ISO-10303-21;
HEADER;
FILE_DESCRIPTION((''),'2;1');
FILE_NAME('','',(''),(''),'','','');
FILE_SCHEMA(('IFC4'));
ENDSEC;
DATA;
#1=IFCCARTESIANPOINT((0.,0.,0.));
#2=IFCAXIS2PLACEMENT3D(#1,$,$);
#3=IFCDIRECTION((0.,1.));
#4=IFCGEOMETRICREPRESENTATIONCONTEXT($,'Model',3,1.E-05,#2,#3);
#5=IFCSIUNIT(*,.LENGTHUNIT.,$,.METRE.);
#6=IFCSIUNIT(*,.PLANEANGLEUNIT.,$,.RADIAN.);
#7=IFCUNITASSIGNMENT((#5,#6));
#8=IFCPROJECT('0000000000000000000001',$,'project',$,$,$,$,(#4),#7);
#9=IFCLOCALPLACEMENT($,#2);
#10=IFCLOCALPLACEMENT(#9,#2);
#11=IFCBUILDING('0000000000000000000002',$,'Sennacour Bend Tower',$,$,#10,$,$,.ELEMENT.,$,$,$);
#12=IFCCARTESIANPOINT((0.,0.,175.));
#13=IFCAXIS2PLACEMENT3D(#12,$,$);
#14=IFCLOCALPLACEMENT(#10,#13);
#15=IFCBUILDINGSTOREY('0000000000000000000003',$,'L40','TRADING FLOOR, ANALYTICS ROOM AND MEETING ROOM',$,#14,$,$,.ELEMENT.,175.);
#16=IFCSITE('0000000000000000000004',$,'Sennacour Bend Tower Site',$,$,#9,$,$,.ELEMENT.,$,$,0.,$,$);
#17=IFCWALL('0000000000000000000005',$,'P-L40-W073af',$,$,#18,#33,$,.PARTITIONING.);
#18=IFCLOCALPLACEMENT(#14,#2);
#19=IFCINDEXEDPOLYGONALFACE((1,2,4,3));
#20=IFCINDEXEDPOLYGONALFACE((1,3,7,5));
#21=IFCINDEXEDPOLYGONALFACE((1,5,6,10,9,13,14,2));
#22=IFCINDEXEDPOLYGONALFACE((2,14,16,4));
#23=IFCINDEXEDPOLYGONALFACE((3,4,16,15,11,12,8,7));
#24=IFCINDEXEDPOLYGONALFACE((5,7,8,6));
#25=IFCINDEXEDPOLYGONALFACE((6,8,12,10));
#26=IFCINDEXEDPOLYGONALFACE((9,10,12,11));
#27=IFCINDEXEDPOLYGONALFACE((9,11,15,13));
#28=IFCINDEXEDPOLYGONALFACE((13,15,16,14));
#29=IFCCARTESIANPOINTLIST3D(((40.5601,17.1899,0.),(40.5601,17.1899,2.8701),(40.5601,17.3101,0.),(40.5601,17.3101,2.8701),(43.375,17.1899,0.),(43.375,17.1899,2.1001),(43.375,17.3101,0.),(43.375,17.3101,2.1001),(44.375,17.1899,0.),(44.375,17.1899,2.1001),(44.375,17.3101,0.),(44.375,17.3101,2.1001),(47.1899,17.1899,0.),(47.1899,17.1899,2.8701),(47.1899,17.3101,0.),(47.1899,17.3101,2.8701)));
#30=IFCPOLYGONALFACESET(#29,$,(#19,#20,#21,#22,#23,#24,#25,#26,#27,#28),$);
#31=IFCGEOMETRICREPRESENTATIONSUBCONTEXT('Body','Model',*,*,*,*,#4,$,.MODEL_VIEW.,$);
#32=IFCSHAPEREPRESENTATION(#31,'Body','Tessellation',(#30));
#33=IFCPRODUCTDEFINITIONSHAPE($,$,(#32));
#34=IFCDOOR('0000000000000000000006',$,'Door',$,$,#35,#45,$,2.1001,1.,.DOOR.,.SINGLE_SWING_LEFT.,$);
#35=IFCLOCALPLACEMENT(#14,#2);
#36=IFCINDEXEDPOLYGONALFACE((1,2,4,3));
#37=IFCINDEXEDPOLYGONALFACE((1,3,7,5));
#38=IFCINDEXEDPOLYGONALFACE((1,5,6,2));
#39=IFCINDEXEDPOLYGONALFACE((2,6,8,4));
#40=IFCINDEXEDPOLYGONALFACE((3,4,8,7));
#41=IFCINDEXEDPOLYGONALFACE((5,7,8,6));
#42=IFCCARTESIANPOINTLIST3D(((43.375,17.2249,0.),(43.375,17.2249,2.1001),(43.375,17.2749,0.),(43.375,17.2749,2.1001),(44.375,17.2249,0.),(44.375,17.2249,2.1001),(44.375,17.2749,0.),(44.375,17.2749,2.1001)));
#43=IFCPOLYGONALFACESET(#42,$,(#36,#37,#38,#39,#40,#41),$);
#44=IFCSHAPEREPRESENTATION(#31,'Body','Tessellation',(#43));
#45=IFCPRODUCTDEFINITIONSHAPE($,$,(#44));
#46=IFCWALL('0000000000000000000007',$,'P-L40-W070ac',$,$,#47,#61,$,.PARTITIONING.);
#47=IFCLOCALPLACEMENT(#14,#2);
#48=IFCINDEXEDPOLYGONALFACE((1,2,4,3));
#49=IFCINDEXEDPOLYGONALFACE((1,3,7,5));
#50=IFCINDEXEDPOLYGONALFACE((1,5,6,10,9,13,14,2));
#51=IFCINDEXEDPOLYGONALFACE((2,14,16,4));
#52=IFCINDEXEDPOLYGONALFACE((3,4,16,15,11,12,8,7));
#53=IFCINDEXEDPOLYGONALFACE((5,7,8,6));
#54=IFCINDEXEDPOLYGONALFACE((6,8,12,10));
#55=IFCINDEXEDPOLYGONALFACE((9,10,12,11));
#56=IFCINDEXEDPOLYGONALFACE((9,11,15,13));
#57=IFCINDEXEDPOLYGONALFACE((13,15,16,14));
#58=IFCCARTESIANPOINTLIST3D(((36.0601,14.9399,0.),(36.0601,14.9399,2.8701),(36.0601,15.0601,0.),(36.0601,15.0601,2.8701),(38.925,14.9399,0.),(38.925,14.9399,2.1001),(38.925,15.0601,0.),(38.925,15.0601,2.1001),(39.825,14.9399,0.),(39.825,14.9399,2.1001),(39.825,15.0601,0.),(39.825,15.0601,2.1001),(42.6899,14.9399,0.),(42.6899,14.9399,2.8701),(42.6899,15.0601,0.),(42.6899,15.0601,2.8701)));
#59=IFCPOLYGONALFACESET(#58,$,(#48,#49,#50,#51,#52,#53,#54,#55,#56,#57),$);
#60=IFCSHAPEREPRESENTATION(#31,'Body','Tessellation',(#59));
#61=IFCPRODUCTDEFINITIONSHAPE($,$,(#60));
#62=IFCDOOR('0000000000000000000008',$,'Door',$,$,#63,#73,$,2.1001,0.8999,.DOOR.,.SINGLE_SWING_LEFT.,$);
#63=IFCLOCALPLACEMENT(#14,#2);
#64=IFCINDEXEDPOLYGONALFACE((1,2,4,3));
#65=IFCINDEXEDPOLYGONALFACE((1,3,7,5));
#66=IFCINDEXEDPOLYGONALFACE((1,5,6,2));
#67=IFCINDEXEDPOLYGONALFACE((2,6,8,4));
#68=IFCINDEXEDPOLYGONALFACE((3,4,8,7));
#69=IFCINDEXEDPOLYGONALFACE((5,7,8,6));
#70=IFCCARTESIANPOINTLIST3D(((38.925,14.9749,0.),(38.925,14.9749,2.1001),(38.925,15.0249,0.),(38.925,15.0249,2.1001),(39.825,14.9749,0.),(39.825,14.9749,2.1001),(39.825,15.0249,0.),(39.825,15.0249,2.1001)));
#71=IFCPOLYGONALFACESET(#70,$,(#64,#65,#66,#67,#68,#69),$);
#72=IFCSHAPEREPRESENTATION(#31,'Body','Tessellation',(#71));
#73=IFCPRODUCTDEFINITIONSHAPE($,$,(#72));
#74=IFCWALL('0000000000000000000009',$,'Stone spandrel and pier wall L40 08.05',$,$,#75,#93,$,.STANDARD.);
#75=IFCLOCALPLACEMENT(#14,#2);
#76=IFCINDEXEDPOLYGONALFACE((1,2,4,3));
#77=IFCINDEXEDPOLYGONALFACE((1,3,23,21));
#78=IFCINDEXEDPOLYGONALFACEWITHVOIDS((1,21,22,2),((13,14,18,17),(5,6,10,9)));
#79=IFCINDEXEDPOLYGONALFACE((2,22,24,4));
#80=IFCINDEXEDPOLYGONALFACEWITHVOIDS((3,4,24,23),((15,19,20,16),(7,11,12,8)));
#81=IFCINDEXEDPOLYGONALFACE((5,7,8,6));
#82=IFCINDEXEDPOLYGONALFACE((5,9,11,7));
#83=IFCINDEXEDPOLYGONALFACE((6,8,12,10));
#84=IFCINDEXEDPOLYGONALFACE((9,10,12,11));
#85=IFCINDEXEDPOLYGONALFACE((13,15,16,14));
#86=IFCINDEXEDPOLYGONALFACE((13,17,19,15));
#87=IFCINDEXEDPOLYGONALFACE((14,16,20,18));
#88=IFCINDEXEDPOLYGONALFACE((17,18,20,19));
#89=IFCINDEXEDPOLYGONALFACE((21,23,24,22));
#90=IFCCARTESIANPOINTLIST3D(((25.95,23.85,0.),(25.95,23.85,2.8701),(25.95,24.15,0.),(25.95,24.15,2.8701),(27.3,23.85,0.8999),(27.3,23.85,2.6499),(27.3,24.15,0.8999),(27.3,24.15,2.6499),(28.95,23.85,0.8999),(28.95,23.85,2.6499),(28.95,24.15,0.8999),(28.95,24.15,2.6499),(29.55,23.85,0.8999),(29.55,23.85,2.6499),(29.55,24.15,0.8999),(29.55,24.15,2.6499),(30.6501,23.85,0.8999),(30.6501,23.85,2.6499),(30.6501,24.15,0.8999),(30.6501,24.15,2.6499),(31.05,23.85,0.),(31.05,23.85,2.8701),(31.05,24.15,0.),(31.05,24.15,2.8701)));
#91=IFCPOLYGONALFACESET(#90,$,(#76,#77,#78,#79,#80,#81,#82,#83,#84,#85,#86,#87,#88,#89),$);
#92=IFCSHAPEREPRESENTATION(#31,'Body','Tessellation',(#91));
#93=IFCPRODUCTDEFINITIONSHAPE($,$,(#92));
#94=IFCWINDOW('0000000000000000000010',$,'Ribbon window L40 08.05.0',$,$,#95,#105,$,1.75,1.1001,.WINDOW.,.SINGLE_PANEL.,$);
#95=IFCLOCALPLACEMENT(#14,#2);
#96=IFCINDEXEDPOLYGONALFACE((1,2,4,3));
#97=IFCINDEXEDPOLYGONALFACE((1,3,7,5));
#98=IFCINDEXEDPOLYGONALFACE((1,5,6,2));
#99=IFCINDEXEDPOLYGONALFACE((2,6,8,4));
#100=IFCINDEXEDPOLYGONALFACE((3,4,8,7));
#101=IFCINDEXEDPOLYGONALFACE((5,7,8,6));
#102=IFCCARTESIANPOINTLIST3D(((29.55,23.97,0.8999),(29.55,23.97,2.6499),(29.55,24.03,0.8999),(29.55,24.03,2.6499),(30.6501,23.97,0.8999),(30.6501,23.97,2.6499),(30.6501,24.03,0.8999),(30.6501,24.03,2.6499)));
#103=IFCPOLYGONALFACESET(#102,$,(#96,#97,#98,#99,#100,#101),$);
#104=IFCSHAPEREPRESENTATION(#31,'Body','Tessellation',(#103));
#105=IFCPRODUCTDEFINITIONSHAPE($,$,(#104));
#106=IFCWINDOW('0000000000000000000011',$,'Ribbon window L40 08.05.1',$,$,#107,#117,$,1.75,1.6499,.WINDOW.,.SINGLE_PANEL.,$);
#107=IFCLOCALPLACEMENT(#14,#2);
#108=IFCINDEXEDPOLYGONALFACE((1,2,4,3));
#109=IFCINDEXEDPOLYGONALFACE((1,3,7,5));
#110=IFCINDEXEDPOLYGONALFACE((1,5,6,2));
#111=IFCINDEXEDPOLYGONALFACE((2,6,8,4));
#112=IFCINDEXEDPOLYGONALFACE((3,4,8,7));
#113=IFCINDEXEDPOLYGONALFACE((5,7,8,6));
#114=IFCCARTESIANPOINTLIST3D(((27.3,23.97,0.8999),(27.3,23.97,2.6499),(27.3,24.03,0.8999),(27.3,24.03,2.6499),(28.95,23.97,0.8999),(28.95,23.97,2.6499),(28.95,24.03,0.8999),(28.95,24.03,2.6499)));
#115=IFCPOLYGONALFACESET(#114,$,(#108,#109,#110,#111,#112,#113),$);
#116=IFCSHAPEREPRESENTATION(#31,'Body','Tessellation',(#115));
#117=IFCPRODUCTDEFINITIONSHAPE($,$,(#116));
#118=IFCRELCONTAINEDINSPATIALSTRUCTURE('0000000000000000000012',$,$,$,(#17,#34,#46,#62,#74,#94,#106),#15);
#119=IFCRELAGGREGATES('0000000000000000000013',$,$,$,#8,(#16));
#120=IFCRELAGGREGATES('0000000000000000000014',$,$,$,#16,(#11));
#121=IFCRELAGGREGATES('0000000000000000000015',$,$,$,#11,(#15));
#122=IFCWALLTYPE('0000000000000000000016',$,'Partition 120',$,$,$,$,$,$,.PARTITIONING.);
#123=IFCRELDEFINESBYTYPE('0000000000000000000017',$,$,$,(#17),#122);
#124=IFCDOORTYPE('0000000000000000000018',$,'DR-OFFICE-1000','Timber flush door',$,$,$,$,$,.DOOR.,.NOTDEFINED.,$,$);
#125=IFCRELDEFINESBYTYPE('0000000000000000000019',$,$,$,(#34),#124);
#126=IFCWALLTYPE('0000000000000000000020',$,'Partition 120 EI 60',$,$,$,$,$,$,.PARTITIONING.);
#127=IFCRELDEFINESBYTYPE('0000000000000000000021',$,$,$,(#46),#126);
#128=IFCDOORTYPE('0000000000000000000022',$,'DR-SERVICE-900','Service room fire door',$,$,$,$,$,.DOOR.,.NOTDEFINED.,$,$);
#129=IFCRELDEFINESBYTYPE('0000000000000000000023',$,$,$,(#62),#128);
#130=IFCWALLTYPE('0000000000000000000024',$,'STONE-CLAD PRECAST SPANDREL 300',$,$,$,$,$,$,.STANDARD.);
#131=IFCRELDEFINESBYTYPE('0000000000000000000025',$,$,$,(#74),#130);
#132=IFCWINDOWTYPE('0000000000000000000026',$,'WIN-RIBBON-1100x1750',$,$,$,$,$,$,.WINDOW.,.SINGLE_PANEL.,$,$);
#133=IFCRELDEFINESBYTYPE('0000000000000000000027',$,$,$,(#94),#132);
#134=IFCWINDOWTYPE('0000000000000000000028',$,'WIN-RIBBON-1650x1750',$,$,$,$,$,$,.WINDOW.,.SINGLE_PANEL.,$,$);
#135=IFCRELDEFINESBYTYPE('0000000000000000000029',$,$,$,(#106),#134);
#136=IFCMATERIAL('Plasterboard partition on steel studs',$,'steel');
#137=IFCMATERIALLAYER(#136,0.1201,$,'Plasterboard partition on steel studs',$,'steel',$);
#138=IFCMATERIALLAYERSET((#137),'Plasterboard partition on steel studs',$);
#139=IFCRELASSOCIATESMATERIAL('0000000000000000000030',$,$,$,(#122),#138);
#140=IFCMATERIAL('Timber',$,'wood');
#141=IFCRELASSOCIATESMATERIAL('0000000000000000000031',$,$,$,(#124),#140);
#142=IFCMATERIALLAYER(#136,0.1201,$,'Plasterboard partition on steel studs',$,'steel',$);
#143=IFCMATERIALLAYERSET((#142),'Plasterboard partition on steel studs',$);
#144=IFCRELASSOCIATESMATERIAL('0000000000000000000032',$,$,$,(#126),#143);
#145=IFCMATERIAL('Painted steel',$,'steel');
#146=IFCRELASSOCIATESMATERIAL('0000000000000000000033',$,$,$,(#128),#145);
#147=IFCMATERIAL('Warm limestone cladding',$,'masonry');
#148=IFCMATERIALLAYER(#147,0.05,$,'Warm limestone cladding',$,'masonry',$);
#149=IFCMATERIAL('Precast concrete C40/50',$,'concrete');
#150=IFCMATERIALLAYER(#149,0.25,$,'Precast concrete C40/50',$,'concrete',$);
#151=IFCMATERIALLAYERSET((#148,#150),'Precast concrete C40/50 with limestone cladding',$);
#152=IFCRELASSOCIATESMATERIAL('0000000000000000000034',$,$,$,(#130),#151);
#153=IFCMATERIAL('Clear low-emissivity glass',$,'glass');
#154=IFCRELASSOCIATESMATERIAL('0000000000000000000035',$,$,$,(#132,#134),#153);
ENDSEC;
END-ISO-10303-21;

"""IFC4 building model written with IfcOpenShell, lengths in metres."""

from ifc_helpers import new_model, si_unit, direction, frame, frame_2d, origin, place, context, subcontext, project, spatial, rectangle, extrude, material, layer, layer_set, type_object, element, fill, save


model = new_model("IFC4")

# Units and contexts
model_context = context("Model", 3, precision=1e-05, world=origin(), true_north=direction((0.0, 1.0)))
body_context = subcontext(model_context, "Body", "Model", "MODEL_VIEW")
ifc_project = project(units=[si_unit("LENGTHUNIT", "METRE"), si_unit("PLANEANGLEUNIT", "RADIAN")], contexts=[model_context])

# Site, building, storey
site_placement = place(None, origin())
site = spatial("IfcSite", under=ifc_project, at=site_placement, Name="Sennacour Bend Tower Site", CompositionType="ELEMENT", RefElevation=0.0)
building_placement = place(site_placement, origin())
building = spatial("IfcBuilding", under=site, at=building_placement, Name="Sennacour Bend Tower", CompositionType="ELEMENT")
storey_placement = place(building_placement, frame((0.0, 0.0, 175.0)))
storey = spatial("IfcBuildingStorey", under=building, at=storey_placement, Name="L40", Description="TRADING FLOOR, ANALYTICS ROOM AND MEETING ROOM", CompositionType="ELEMENT", Elevation=175.0)

# Shared definitions
ifc_material_1 = material(Name="Plasterboard partition on steel studs", Category="steel")
ifc_layer_1 = layer(ifc_material_1, 0.1201, Name="Plasterboard partition on steel studs", Category="steel")
ifc_layer_set_1 = layer_set([ifc_layer_1], Name="Plasterboard partition on steel studs")
wall_type_1 = type_object("IfcWallType", Name="Partition 120", PredefinedType="PARTITIONING", material=ifc_layer_set_1)

# Walls, openings, doors
ifc_material_2 = material(Name="Timber", Category="wood")
door_type_1 = type_object("IfcDoorType", Name="DR-OFFICE-1000", Description="Timber flush door", OperationType="NOTDEFINED", PredefinedType="DOOR", material=ifc_material_2)
wall_1_placement = place(storey_placement, frame((40.5601, 17.25, 0.0), z_axis=(0.0, 0.0, 1.0), x_axis=(1.0, 0.0, 0.0)))
wall_1 = element("IfcWall", 1, at=wall_1_placement, inside=storey, type_object=wall_type_1, Name="P-L40-W073af", PredefinedType="PARTITIONING", context=body_context, shape_type="SweptSolid", body=[
    extrude(rectangle(XDim=6.6299, YDim=0.1201, at=frame_2d((3.3149, 0.0))), origin(), (0.0, 0.0, 1.0), 2.8701),
])
opening_1_placement = place(wall_1_placement, frame((2.8149, 0.0, 0.0)))
opening_1 = element("IfcOpeningElement", 2, at=opening_1_placement, cuts=wall_1, PredefinedType="OPENING", context=body_context, shape_type="SweptSolid", body=[
    extrude(rectangle(XDim=1.0, YDim=2.1001, at=frame_2d((0.5, 1.05))), frame((0.0, 0.0701, 0.0), z_axis=(0.0, -1.0, 0.0), x_axis=(1.0, 0.0, 0.0)), (0.0, 0.0, 1.0), 0.1401),
])
door_1_placement = place(opening_1_placement, origin())
door_1 = element("IfcDoor", 3, at=door_1_placement, inside=storey, type_object=door_type_1, Name="Door", OperationType="SINGLE_SWING_LEFT", OverallHeight=2.1001, OverallWidth=1.0, PredefinedType="DOOR", context=body_context, shape_type="SweptSolid", body=[
    extrude(rectangle(XDim=1.0, YDim=2.1001, at=frame_2d((0.5, 1.05))), frame((0.0, 0.0249, 0.0), z_axis=(0.0, -1.0, 0.0), x_axis=(1.0, 0.0, 0.0)), (0.0, 0.0, 1.0), 0.05),
])
fill(opening_1, door_1)
ifc_layer_2 = layer(ifc_material_1, 0.1201, Name="Plasterboard partition on steel studs", Category="steel")
ifc_layer_set_2 = layer_set([ifc_layer_2], Name="Plasterboard partition on steel studs")
wall_type_2 = type_object("IfcWallType", Name="Partition 120 EI 60", PredefinedType="PARTITIONING", material=ifc_layer_set_2)
wall_2_placement = place(storey_placement, frame((36.0601, 15.0, 0.0), z_axis=(0.0, 0.0, 1.0), x_axis=(1.0, 0.0, 0.0)))
wall_2 = element("IfcWall", 4, at=wall_2_placement, inside=storey, type_object=wall_type_2, Name="P-L40-W070ac", PredefinedType="PARTITIONING", context=body_context, shape_type="SweptSolid", body=[
    extrude(rectangle(XDim=6.6299, YDim=0.1201, at=frame_2d((3.3149, 0.0))), origin(), (0.0, 0.0, 1.0), 2.8701),
])
opening_2_placement = place(wall_2_placement, frame((2.865, 0.0, 0.0)))
opening_2 = element("IfcOpeningElement", 5, at=opening_2_placement, cuts=wall_2, PredefinedType="OPENING", context=body_context, shape_type="SweptSolid", body=[
    extrude(rectangle(XDim=0.8999, YDim=2.1001, at=frame_2d((0.45, 1.05))), frame((0.0, 0.0701, 0.0), z_axis=(0.0, -1.0, 0.0), x_axis=(1.0, 0.0, 0.0)), (0.0, 0.0, 1.0), 0.1401),
])
ifc_material_3 = material(Name="Painted steel", Category="steel")
door_type_2 = type_object("IfcDoorType", Name="DR-SERVICE-900", Description="Service room fire door", OperationType="NOTDEFINED", PredefinedType="DOOR", material=ifc_material_3)
door_2_placement = place(opening_2_placement, origin())
door_2 = element("IfcDoor", 6, at=door_2_placement, inside=storey, type_object=door_type_2, Name="Door", OperationType="SINGLE_SWING_LEFT", OverallHeight=2.1001, OverallWidth=0.8999, PredefinedType="DOOR", context=body_context, shape_type="SweptSolid", body=[
    extrude(rectangle(XDim=0.8999, YDim=2.1001, at=frame_2d((0.45, 1.05))), frame((0.0, 0.0249, 0.0), z_axis=(0.0, -1.0, 0.0), x_axis=(1.0, 0.0, 0.0)), (0.0, 0.0, 1.0), 0.05),
])
fill(opening_2, door_2)

# Wall, openings, windows
ifc_material_4 = material(Name="Warm limestone cladding", Category="masonry")
ifc_layer_3 = layer(ifc_material_4, 0.05, Name="Warm limestone cladding", Category="masonry")
ifc_material_5 = material(Name="Precast concrete C40/50", Category="concrete")
ifc_layer_4 = layer(ifc_material_5, 0.25, Name="Precast concrete C40/50", Category="concrete")
ifc_layer_set_3 = layer_set([ifc_layer_3, ifc_layer_4], Name="Precast concrete C40/50 with limestone cladding")
wall_type_3 = type_object("IfcWallType", Name="STONE-CLAD PRECAST SPANDREL 300", PredefinedType="STANDARD", material=ifc_layer_set_3)
wall_3_placement = place(storey_placement, frame((31.05, 24.0, 0.0), z_axis=(0.0, 0.0, 1.0), x_axis=(-1.0, 0.0, 0.0)))
wall_3 = element("IfcWall", 7, at=wall_3_placement, inside=storey, type_object=wall_type_3, Name="Stone spandrel and pier wall L40 08.05", PredefinedType="STANDARD", context=body_context, shape_type="SweptSolid", body=[
    extrude(rectangle(XDim=5.1001, YDim=0.3, at=frame_2d((2.55, 0.0))), origin(), (0.0, 0.0, 1.0), 2.8701),
])
opening_3_placement = place(wall_3_placement, frame((0.3999, 0.0, 0.8999)))
opening_3 = element("IfcOpeningElement", 8, at=opening_3_placement, cuts=wall_3, PredefinedType="OPENING", context=body_context, shape_type="SweptSolid", body=[
    extrude(rectangle(XDim=1.1001, YDim=1.75, at=frame_2d((0.55, 0.875))), frame((0.0, 0.1602, 0.0), z_axis=(0.0, -1.0, 0.0), x_axis=(1.0, 0.0, 0.0)), (0.0, 0.0, 1.0), 0.3201),
])
opening_4_placement = place(wall_3_placement, frame((2.1001, 0.0, 0.8999)))
opening_4 = element("IfcOpeningElement", 9, at=opening_4_placement, cuts=wall_3, PredefinedType="OPENING", context=body_context, shape_type="SweptSolid", body=[
    extrude(rectangle(XDim=1.6499, YDim=1.75, at=frame_2d((0.825, 0.875))), frame((0.0, 0.1602, 0.0), z_axis=(0.0, -1.0, 0.0), x_axis=(1.0, 0.0, 0.0)), (0.0, 0.0, 1.0), 0.3201),
])
ifc_material_6 = material(Name="Clear low-emissivity glass", Category="glass")
window_type_1 = type_object("IfcWindowType", Name="WIN-RIBBON-1100x1750", PartitioningType="SINGLE_PANEL", PredefinedType="WINDOW", material=ifc_material_6)
window_1_placement = place(opening_3_placement, origin())
window_1 = element("IfcWindow", 10, at=window_1_placement, inside=storey, type_object=window_type_1, Name="Ribbon window L40 08.05.0", OverallHeight=1.75, OverallWidth=1.1001, PartitioningType="SINGLE_PANEL", PredefinedType="WINDOW", context=body_context, shape_type="SweptSolid", body=[
    extrude(rectangle(XDim=1.1001, YDim=1.75, at=frame_2d((0.55, 0.875))), frame((0.0, 0.03, 0.0), z_axis=(0.0, -1.0, 0.0), x_axis=(1.0, 0.0, 0.0)), (0.0, 0.0, 1.0), 0.0601),
])
fill(opening_3, window_1)
window_type_2 = type_object("IfcWindowType", Name="WIN-RIBBON-1650x1750", PartitioningType="SINGLE_PANEL", PredefinedType="WINDOW", material=ifc_material_6)
window_2_placement = place(opening_4_placement, origin())
window_2 = element("IfcWindow", 11, at=window_2_placement, inside=storey, type_object=window_type_2, Name="Ribbon window L40 08.05.1", OverallHeight=1.75, OverallWidth=1.6499, PartitioningType="SINGLE_PANEL", PredefinedType="WINDOW", context=body_context, shape_type="SweptSolid", body=[
    extrude(rectangle(XDim=1.6499, YDim=1.75, at=frame_2d((0.825, 0.875))), frame((0.0, 0.03, 0.0), z_axis=(0.0, -1.0, 0.0), x_axis=(1.0, 0.0, 0.0)), (0.0, 0.0, 1.0), 0.0601),
])
fill(opening_4, window_2)

save(model, "model.ifc")
